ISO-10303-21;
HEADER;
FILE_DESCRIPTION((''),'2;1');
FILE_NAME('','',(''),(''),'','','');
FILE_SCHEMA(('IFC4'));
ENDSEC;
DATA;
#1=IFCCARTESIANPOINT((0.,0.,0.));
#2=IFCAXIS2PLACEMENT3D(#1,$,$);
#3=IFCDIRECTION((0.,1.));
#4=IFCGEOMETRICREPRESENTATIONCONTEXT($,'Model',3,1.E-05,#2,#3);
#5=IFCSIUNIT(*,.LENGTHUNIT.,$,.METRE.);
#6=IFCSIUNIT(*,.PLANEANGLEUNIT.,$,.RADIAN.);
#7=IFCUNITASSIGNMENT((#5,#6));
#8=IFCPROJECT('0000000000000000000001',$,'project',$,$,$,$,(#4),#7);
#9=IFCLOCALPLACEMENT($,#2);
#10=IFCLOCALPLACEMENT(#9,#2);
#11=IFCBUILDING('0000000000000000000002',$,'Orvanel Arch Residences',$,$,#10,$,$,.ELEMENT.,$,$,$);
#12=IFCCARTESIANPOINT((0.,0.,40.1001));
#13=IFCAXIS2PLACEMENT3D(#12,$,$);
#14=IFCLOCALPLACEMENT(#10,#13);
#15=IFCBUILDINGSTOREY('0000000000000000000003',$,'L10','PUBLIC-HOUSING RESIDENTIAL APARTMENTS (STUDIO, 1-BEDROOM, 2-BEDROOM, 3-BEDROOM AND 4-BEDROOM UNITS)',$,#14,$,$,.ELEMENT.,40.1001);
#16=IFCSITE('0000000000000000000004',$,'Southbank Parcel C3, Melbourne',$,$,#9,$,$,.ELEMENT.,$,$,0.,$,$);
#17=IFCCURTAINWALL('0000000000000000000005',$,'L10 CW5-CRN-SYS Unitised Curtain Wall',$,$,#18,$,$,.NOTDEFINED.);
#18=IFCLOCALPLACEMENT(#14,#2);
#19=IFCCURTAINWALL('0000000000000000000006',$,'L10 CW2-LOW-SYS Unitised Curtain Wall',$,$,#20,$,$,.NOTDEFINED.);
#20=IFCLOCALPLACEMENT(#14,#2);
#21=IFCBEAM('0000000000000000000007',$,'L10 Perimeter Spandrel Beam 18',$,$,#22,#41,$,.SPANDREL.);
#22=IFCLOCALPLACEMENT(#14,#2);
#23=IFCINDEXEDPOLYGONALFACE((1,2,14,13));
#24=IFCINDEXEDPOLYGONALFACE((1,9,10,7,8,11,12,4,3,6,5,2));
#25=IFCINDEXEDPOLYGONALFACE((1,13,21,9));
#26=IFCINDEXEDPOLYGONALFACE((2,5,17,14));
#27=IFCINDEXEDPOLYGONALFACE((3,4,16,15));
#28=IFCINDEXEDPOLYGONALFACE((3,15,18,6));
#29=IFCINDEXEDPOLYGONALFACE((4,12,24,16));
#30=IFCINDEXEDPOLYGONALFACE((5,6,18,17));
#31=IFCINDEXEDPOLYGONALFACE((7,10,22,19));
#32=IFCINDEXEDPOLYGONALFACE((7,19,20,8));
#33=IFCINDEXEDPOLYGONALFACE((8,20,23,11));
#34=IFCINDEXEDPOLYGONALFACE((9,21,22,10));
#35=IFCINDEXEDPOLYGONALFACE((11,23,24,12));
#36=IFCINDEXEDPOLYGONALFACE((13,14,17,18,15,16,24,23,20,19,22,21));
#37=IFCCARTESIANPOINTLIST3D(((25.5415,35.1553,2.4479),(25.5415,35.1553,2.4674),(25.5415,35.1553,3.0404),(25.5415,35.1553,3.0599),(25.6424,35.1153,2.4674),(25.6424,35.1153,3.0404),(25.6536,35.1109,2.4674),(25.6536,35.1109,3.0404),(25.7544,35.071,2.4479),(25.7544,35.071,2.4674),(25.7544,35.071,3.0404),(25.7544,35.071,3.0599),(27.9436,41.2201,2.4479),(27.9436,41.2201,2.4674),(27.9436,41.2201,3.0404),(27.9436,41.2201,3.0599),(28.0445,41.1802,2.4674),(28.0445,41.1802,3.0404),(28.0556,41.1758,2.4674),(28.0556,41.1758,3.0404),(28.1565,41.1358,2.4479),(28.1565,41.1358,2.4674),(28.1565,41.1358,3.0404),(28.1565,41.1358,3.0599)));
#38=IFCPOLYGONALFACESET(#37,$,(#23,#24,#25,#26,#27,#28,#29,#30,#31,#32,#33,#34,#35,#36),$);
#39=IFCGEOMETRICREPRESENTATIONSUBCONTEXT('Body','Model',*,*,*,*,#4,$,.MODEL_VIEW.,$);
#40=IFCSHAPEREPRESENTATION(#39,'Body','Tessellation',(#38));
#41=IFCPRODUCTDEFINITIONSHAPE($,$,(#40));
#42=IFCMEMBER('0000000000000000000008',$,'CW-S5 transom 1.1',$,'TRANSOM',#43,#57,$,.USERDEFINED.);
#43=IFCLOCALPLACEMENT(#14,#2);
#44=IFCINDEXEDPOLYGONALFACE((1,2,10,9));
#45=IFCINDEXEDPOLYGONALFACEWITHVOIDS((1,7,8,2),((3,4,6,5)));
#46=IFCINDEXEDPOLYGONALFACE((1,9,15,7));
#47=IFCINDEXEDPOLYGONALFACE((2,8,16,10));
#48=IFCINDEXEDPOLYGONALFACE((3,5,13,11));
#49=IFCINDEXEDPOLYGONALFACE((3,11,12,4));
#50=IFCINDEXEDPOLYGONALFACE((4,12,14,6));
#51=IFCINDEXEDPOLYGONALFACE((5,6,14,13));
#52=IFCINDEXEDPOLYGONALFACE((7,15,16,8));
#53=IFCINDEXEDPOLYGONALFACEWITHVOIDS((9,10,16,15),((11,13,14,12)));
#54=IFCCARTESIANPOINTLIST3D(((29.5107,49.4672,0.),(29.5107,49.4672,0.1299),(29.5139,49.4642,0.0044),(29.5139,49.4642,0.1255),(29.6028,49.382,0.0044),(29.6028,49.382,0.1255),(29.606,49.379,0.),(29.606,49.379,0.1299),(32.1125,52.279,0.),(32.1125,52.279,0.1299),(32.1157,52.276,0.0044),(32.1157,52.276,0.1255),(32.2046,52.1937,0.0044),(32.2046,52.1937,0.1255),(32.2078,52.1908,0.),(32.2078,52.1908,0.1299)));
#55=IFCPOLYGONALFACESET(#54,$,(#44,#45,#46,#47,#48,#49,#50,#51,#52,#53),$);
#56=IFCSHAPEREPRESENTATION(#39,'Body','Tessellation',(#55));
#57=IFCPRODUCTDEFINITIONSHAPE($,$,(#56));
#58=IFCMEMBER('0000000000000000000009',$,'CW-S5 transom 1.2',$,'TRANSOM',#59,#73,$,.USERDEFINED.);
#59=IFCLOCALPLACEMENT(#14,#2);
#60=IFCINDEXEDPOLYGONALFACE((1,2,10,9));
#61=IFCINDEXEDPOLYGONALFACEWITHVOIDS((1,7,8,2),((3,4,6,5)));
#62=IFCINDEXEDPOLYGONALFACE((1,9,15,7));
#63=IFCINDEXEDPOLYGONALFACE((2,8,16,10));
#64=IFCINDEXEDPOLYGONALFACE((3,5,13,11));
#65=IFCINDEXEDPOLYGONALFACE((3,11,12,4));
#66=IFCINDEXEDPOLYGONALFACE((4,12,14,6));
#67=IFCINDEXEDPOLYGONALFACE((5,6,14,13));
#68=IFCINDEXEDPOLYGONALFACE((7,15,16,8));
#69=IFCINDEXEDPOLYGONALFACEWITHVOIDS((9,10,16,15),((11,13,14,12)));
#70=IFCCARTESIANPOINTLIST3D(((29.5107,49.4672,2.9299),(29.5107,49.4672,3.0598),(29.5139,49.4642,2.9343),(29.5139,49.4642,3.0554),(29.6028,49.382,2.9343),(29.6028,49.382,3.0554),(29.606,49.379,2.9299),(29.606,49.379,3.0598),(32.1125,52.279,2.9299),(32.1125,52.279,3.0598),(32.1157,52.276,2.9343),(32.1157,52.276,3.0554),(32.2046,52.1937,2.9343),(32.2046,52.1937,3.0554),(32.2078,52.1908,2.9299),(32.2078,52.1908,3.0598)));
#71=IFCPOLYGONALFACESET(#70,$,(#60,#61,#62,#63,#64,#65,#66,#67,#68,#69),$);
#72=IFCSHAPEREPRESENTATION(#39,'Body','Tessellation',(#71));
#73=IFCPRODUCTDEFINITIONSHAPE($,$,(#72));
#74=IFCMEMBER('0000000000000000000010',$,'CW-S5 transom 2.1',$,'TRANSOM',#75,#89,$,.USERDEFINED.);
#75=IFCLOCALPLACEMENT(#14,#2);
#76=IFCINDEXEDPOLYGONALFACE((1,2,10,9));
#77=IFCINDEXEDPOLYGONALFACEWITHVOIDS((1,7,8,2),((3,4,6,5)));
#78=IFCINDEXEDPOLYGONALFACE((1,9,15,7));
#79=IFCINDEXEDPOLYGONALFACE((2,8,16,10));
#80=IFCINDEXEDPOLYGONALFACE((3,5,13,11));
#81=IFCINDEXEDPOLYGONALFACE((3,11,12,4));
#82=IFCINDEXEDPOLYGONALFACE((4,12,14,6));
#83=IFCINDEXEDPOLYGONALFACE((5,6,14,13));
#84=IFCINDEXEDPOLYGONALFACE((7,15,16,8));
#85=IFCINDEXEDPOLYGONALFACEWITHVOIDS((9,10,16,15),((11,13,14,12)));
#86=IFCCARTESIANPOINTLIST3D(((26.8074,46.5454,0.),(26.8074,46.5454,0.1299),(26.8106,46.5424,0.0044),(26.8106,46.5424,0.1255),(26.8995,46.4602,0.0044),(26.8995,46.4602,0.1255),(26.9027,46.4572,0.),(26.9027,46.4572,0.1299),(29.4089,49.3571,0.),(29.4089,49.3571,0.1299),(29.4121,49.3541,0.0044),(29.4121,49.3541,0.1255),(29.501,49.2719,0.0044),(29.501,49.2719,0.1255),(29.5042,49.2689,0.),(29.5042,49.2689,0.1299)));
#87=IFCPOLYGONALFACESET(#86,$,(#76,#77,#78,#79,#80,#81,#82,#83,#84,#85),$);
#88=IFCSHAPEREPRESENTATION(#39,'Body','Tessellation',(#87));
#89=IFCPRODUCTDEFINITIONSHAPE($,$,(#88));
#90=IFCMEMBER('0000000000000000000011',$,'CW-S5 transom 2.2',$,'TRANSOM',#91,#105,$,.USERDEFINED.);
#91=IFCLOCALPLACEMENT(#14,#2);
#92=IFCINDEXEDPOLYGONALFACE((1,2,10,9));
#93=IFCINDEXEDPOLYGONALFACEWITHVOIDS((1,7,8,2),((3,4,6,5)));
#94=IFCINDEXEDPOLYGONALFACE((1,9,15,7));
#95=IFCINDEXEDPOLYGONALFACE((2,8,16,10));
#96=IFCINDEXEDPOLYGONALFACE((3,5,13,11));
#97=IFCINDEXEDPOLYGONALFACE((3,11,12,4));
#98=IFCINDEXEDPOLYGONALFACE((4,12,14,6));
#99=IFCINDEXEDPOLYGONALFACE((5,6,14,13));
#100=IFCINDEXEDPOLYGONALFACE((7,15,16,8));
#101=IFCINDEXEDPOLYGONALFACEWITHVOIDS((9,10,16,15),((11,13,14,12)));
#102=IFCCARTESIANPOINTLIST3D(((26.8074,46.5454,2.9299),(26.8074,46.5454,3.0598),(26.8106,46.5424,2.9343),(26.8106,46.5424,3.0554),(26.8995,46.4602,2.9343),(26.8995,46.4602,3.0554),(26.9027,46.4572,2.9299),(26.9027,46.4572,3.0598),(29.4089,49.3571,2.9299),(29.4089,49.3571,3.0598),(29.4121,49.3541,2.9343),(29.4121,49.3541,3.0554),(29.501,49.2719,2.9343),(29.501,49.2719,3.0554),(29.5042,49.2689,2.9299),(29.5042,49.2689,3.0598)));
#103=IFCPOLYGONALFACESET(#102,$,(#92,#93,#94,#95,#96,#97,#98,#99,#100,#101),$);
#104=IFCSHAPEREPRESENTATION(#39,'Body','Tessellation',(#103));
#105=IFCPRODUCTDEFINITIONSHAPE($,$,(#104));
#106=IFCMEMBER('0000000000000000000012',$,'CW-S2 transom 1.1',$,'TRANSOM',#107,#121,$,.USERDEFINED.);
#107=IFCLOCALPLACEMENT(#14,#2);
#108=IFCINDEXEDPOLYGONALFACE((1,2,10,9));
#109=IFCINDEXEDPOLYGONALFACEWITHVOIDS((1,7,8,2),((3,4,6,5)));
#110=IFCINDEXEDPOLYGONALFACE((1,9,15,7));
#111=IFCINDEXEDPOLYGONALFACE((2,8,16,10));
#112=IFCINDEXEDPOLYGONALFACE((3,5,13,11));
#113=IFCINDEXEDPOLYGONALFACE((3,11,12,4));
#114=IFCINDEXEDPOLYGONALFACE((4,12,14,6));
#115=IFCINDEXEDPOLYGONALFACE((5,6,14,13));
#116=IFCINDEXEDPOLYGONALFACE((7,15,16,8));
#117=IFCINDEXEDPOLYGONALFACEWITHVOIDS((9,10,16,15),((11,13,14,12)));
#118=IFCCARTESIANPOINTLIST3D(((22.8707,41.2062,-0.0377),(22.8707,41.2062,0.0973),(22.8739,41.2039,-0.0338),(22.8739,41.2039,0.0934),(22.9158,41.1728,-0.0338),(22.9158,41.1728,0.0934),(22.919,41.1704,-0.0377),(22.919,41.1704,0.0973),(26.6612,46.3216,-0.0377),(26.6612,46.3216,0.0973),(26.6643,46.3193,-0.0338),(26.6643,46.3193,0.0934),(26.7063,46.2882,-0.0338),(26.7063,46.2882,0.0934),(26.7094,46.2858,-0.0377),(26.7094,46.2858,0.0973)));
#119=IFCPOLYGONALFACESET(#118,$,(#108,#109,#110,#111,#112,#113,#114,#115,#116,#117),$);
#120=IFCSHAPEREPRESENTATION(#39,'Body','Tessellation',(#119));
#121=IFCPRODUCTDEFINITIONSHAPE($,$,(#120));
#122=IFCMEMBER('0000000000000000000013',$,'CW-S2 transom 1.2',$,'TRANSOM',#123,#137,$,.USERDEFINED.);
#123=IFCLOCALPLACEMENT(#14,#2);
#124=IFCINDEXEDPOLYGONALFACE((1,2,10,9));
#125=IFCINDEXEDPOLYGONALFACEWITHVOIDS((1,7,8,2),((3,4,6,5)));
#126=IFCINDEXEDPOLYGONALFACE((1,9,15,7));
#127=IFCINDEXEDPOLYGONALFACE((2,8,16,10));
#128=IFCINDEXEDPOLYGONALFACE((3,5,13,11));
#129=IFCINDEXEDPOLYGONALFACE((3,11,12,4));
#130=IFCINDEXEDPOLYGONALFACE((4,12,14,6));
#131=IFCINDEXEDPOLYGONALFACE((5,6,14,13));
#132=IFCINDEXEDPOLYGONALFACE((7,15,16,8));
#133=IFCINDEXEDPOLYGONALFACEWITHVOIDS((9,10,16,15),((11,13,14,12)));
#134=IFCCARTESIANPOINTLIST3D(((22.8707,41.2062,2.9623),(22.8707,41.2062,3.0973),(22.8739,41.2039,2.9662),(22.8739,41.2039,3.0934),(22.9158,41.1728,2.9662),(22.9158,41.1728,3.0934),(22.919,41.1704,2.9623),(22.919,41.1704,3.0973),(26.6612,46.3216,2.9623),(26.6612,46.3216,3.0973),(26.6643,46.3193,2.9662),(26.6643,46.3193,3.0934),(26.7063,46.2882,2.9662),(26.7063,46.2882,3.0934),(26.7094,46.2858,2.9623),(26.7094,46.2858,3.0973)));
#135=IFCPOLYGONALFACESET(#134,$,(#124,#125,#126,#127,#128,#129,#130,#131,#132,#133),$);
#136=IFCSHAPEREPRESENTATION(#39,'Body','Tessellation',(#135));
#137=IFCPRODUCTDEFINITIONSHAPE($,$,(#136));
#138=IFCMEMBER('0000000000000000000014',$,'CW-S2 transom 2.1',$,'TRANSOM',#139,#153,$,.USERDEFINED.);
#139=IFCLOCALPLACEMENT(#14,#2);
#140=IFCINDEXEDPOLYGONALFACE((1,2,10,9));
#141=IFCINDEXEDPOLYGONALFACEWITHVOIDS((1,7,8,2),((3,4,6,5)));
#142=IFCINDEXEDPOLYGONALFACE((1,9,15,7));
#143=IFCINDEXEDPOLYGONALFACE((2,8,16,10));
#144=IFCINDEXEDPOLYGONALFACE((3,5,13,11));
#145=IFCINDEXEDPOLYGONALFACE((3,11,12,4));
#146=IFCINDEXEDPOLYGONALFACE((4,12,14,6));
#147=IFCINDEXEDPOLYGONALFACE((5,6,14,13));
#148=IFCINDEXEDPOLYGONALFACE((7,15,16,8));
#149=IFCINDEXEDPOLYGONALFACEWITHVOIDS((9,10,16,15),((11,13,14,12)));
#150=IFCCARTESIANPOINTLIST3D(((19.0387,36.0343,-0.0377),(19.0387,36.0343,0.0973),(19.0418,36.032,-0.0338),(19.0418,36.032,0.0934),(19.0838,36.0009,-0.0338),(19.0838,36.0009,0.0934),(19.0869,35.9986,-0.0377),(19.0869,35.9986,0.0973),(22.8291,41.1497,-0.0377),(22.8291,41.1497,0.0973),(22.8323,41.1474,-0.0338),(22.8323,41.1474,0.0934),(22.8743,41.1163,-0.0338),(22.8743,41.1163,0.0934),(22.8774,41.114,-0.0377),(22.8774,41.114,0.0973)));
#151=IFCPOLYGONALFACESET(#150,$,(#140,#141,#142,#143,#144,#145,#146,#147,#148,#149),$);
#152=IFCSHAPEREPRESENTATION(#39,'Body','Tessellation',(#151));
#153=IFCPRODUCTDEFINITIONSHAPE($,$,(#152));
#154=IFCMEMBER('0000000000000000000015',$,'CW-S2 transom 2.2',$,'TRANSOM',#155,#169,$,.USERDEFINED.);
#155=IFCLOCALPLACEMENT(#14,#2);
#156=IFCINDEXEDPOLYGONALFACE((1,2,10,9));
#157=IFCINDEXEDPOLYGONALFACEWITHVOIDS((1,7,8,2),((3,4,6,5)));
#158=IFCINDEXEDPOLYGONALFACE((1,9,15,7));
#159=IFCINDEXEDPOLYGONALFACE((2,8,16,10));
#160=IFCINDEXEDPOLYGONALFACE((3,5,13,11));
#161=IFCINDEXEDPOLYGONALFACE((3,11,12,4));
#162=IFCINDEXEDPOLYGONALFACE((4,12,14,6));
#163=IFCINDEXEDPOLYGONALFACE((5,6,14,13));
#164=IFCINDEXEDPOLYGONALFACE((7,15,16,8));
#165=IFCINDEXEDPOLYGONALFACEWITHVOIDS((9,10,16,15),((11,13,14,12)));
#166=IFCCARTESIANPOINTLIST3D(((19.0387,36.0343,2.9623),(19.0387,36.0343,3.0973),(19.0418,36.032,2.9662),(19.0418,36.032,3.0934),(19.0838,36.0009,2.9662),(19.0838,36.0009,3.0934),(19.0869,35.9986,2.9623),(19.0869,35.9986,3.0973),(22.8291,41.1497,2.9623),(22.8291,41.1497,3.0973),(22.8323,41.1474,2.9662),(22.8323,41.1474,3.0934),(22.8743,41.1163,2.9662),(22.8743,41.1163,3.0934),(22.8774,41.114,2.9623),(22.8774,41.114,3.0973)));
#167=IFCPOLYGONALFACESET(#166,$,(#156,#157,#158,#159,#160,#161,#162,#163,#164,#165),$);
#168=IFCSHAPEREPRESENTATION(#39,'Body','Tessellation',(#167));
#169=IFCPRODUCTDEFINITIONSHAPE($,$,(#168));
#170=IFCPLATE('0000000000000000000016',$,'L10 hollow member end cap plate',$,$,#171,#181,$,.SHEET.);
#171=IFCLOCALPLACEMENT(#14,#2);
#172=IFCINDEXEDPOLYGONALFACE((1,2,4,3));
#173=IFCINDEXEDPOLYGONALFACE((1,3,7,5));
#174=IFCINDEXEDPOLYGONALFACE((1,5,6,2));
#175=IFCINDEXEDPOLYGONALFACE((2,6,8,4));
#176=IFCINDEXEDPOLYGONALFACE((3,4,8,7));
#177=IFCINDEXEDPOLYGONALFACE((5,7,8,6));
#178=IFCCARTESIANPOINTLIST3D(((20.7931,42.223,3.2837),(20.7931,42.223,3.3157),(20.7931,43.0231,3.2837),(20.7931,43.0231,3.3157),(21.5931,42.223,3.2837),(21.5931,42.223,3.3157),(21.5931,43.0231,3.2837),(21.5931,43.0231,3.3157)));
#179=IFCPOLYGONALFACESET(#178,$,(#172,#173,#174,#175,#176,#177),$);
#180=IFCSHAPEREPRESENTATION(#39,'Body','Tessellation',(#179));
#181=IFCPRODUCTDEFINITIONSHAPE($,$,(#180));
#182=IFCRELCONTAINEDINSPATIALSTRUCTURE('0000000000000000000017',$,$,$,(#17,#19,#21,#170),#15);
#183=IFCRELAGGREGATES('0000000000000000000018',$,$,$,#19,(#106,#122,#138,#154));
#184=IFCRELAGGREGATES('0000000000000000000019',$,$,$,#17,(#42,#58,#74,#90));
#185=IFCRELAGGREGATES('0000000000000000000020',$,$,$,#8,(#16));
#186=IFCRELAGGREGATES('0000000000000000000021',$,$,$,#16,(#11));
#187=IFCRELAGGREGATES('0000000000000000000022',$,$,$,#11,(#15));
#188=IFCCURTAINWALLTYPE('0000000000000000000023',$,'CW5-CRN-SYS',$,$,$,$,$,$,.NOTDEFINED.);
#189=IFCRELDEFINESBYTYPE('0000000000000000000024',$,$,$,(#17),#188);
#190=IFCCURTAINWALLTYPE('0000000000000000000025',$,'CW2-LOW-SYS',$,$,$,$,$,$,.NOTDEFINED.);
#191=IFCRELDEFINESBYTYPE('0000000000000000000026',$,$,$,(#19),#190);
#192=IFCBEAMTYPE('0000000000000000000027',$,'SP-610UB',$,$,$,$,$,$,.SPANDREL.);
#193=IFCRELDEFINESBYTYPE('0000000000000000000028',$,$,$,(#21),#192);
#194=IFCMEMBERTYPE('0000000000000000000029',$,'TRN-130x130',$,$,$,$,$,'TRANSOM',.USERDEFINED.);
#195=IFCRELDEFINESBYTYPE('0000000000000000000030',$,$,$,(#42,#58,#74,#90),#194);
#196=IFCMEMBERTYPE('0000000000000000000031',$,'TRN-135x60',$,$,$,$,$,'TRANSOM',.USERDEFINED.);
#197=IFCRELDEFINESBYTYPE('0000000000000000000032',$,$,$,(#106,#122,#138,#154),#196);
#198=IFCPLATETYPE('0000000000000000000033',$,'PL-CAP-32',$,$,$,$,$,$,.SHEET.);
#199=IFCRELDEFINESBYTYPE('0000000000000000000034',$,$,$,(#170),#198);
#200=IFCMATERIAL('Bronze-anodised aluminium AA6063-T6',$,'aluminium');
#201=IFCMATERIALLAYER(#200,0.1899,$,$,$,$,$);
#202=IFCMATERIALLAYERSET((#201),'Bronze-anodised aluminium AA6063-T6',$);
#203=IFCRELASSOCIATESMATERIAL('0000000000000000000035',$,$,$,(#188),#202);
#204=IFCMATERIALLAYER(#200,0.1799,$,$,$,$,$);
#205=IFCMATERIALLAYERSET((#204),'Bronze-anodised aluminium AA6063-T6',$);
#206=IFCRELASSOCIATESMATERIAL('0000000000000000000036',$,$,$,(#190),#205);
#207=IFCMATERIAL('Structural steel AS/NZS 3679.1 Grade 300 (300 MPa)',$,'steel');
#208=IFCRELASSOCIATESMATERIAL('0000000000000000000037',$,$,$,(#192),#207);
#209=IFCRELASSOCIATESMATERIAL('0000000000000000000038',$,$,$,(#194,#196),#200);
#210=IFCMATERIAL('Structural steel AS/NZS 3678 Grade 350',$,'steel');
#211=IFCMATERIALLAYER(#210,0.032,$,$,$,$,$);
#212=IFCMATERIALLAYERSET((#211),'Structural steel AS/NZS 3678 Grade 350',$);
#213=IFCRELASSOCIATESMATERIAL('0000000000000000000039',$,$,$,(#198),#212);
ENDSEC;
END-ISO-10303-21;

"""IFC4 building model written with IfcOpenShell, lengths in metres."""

from ifc_helpers import new_model, si_unit, direction, frame, origin, origin_2d, place, context, subcontext, project, spatial, rectangle, hollow_rectangle, i_section, extrude, material, layer, layer_set, material_profile, profile_set, type_object, element, aggregate, save


model = new_model("IFC4")

# Units and contexts
model_context = context("Model", 3, precision=1e-05, world=origin(), true_north=direction((0.0, 1.0)))
body_context = subcontext(model_context, "Body", "Model", "MODEL_VIEW")
ifc_project = project(units=[si_unit("LENGTHUNIT", "METRE"), si_unit("PLANEANGLEUNIT", "RADIAN")], contexts=[model_context])

# Site, building, storey
site_placement = place(None, origin())
site = spatial("IfcSite", under=ifc_project, at=site_placement, Name="Southbank Parcel C3, Melbourne", CompositionType="ELEMENT", RefElevation=0.0)
building_placement = place(site_placement, origin())
building = spatial("IfcBuilding", under=site, at=building_placement, Name="Orvanel Arch Residences", CompositionType="ELEMENT")
storey_placement = place(building_placement, frame((0.0, 0.0, 40.1001)))
storey = spatial("IfcBuildingStorey", under=building, at=storey_placement, Name="L10", Description="PUBLIC-HOUSING RESIDENTIAL APARTMENTS (STUDIO, 1-BEDROOM, 2-BEDROOM, 3-BEDROOM AND 4-BEDROOM UNITS)", CompositionType="ELEMENT", Elevation=40.1001)

# Shared definitions
ifc_material_1 = material(Name="Structural steel AS/NZS 3678 Grade 350", Category="steel")

# Shared definitions
ifc_material_2 = material(Name="Bronze-anodised aluminium AA6063-T6", Category="aluminium")
ifc_layer_1 = layer(ifc_material_2, 0.1899)
ifc_layer_set_1 = layer_set([ifc_layer_1], Name="Bronze-anodised aluminium AA6063-T6")
curtain_wall_type_1 = type_object("IfcCurtainWallType", Name="CW5-CRN-SYS", PredefinedType="NOTDEFINED", material=ifc_layer_set_1)

# Curtain walls
curtain_wall_1_placement = place(storey_placement, origin())
curtain_wall_1 = element("IfcCurtainWall", 1, at=curtain_wall_1_placement, inside=storey, type_object=curtain_wall_type_1, Name="L10 CW5-CRN-SYS Unitised Curtain Wall", PredefinedType="NOTDEFINED")
ifc_layer_2 = layer(ifc_material_2, 0.1799)
ifc_layer_set_2 = layer_set([ifc_layer_2], Name="Bronze-anodised aluminium AA6063-T6")
curtain_wall_type_2 = type_object("IfcCurtainWallType", Name="CW2-LOW-SYS", PredefinedType="NOTDEFINED", material=ifc_layer_set_2)
curtain_wall_2_placement = place(storey_placement, origin())
curtain_wall_2 = element("IfcCurtainWall", 2, at=curtain_wall_2_placement, inside=storey, type_object=curtain_wall_type_2, Name="L10 CW2-LOW-SYS Unitised Curtain Wall", PredefinedType="NOTDEFINED")

# Beam
ifc_material_3 = material(Name="Structural steel AS/NZS 3679.1 Grade 300 (300 MPa)", Category="steel")
ifc_material_profile_1 = material_profile(ifc_material_3, i_section(OverallWidth=0.229, OverallDepth=0.6121, WebThickness=0.012, FlangeThickness=0.0195, at=origin_2d()), Name="610UB125")
ifc_profile_set_1 = profile_set([ifc_material_profile_1], Name="Structural steel AS/NZS 3679.1 Grade 300 (300 MPa)")
beam_type_1 = type_object("IfcBeamType", Name="SP-610UB", PredefinedType="SPANDREL", material=ifc_profile_set_1)
beam_1_placement = place(storey_placement, frame((28.05, 41.178, 2.7539), z_axis=(-0.368233, -0.929733, 0.0), x_axis=(0.929733, -0.368233, 0.0)))
element("IfcBeam", 3, at=beam_1_placement, inside=storey, type_object=beam_type_1, Name="L10 Perimeter Spandrel Beam 18", PredefinedType="SPANDREL", context=body_context, shape_type="SweptSolid", body=[
    extrude(i_section(OverallWidth=0.229, OverallDepth=0.6121, WebThickness=0.012, FlangeThickness=0.0195, at=origin_2d()), origin(), (0.0, 0.0, 1.0), 6.5232),
])

# Members
ifc_material_profile_2 = material_profile(ifc_material_2, hollow_rectangle(XDim=0.1299, YDim=0.1299, WallThickness=0.0044, at=origin_2d()), Name="ALU130x130x4.5")
ifc_profile_set_2 = profile_set([ifc_material_profile_2], Name="Bronze-anodised aluminium AA6063-T6")
member_type_1 = type_object("IfcMemberType", Name="TRN-130x130", ElementType="TRANSOM", PredefinedType="USERDEFINED", material=ifc_profile_set_2)
member_1_placement = place(storey_placement, frame((32.1602, 52.2349, 0.0649), z_axis=(-0.679172, -0.73398, 0.0), x_axis=(0.73398, -0.679172, 0.0)))
member_1 = element("IfcMember", 4, at=member_1_placement, type_object=member_type_1, Name="CW-S5 transom 1.1", ObjectType="TRANSOM", PredefinedType="USERDEFINED", context=body_context, shape_type="SweptSolid", body=[
    extrude(hollow_rectangle(XDim=0.1299, YDim=0.1299, WallThickness=0.0044, at=origin_2d()), origin(), (0.0, 0.0, 1.0), 3.8308),
])
member_2_placement = place(storey_placement, frame((32.1602, 52.2349, 2.9949), z_axis=(-0.679172, -0.73398, 0.0), x_axis=(0.73398, -0.679172, 0.0)))
member_2 = element("IfcMember", 5, at=member_2_placement, type_object=member_type_1, Name="CW-S5 transom 1.2", ObjectType="TRANSOM", PredefinedType="USERDEFINED", context=body_context, shape_type="SweptSolid", body=[
    extrude(hollow_rectangle(XDim=0.1299, YDim=0.1299, WallThickness=0.0044, at=origin_2d()), origin(), (0.0, 0.0, 1.0), 3.8308),
])
member_3_placement = place(storey_placement, frame((29.4565, 49.313, 0.0649), z_axis=(-0.679137, -0.734011, 0.0), x_axis=(0.734011, -0.679137, 0.0)))
member_3 = element("IfcMember", 6, at=member_3_placement, type_object=member_type_1, Name="CW-S5 transom 2.1", ObjectType="TRANSOM", PredefinedType="USERDEFINED", context=body_context, shape_type="SweptSolid", body=[
    extrude(hollow_rectangle(XDim=0.1299, YDim=0.1299, WallThickness=0.0044, at=origin_2d()), origin(), (0.0, 0.0, 1.0), 3.8306),
])
member_4_placement = place(storey_placement, frame((29.4565, 49.313, 2.9949), z_axis=(-0.679137, -0.734011, 0.0), x_axis=(0.734011, -0.679137, 0.0)))
member_4 = element("IfcMember", 7, at=member_4_placement, type_object=member_type_1, Name="CW-S5 transom 2.2", ObjectType="TRANSOM", PredefinedType="USERDEFINED", context=body_context, shape_type="SweptSolid", body=[
    extrude(hollow_rectangle(XDim=0.1299, YDim=0.1299, WallThickness=0.0044, at=origin_2d()), origin(), (0.0, 0.0, 1.0), 3.8306),
])
ifc_material_profile_3 = material_profile(ifc_material_2, hollow_rectangle(XDim=0.0601, YDim=0.135, WallThickness=0.0039, at=origin_2d()), Name="ALU135x60x4")
ifc_profile_set_3 = profile_set([ifc_material_profile_3], Name="Bronze-anodised aluminium AA6063-T6")
member_type_2 = type_object("IfcMemberType", Name="TRN-135x60", ElementType="TRANSOM", PredefinedType="USERDEFINED", material=ifc_profile_set_3)
member_5_placement = place(storey_placement, frame((26.6853, 46.3037, 0.0298), z_axis=(-0.595358, -0.803461, 0.0), x_axis=(0.803461, -0.595358, 0.0)))
member_5 = element("IfcMember", 8, at=member_5_placement, type_object=member_type_2, Name="CW-S2 transom 1.1", ObjectType="TRANSOM", PredefinedType="USERDEFINED", context=body_context, shape_type="SweptSolid", body=[
    extrude(hollow_rectangle(XDim=0.0601, YDim=0.135, WallThickness=0.0039, at=origin_2d()), origin(), (0.0, 0.0, 1.0), 6.3667),
])
member_6_placement = place(storey_placement, frame((26.6853, 46.3037, 3.0298), z_axis=(-0.595358, -0.803461, 0.0), x_axis=(0.803461, -0.595358, 0.0)))
member_6 = element("IfcMember", 9, at=member_6_placement, type_object=member_type_2, Name="CW-S2 transom 1.2", ObjectType="TRANSOM", PredefinedType="USERDEFINED", context=body_context, shape_type="SweptSolid", body=[
    extrude(hollow_rectangle(XDim=0.0601, YDim=0.135, WallThickness=0.0039, at=origin_2d()), origin(), (0.0, 0.0, 1.0), 6.3667),
])
member_7_placement = place(storey_placement, frame((22.8533, 41.1318, 0.0298), z_axis=(-0.595358, -0.803461, 0.0), x_axis=(0.803461, -0.595358, 0.0)))
member_7 = element("IfcMember", 10, at=member_7_placement, type_object=member_type_2, Name="CW-S2 transom 2.1", ObjectType="TRANSOM", PredefinedType="USERDEFINED", context=body_context, shape_type="SweptSolid", body=[
    extrude(hollow_rectangle(XDim=0.0601, YDim=0.135, WallThickness=0.0039, at=origin_2d()), origin(), (0.0, 0.0, 1.0), 6.3667),
])
member_8_placement = place(storey_placement, frame((22.8533, 41.1318, 3.0298), z_axis=(-0.595358, -0.803461, 0.0), x_axis=(0.803461, -0.595358, 0.0)))
member_8 = element("IfcMember", 11, at=member_8_placement, type_object=member_type_2, Name="CW-S2 transom 2.2", ObjectType="TRANSOM", PredefinedType="USERDEFINED", context=body_context, shape_type="SweptSolid", body=[
    extrude(hollow_rectangle(XDim=0.0601, YDim=0.135, WallThickness=0.0039, at=origin_2d()), origin(), (0.0, 0.0, 1.0), 6.3667),
])

# Plate
ifc_layer_3 = layer(ifc_material_1, 0.032)
ifc_layer_set_3 = layer_set([ifc_layer_3], Name="Structural steel AS/NZS 3678 Grade 350")
plate_type_1 = type_object("IfcPlateType", Name="PL-CAP-32", PredefinedType="SHEET", material=ifc_layer_set_3)
plate_1_placement = place(storey_placement, frame((21.1931, 42.623, 3.2837), z_axis=(0.0, 0.0, 1.0), x_axis=(1.0, 0.0, 0.0)))
element("IfcPlate", 12, at=plate_1_placement, inside=storey, type_object=plate_type_1, Name="L10 hollow member end cap plate", PredefinedType="SHEET", context=body_context, shape_type="SweptSolid", body=[
    extrude(rectangle(XDim=0.8, YDim=0.8, at=origin_2d()), origin(), (0.0, 0.0, 1.0), 0.032),
])
aggregate(curtain_wall_2, [member_5, member_6, member_7, member_8])
aggregate(curtain_wall_1, [member_1, member_2, member_3, member_4])

save(model, "model.ifc")
